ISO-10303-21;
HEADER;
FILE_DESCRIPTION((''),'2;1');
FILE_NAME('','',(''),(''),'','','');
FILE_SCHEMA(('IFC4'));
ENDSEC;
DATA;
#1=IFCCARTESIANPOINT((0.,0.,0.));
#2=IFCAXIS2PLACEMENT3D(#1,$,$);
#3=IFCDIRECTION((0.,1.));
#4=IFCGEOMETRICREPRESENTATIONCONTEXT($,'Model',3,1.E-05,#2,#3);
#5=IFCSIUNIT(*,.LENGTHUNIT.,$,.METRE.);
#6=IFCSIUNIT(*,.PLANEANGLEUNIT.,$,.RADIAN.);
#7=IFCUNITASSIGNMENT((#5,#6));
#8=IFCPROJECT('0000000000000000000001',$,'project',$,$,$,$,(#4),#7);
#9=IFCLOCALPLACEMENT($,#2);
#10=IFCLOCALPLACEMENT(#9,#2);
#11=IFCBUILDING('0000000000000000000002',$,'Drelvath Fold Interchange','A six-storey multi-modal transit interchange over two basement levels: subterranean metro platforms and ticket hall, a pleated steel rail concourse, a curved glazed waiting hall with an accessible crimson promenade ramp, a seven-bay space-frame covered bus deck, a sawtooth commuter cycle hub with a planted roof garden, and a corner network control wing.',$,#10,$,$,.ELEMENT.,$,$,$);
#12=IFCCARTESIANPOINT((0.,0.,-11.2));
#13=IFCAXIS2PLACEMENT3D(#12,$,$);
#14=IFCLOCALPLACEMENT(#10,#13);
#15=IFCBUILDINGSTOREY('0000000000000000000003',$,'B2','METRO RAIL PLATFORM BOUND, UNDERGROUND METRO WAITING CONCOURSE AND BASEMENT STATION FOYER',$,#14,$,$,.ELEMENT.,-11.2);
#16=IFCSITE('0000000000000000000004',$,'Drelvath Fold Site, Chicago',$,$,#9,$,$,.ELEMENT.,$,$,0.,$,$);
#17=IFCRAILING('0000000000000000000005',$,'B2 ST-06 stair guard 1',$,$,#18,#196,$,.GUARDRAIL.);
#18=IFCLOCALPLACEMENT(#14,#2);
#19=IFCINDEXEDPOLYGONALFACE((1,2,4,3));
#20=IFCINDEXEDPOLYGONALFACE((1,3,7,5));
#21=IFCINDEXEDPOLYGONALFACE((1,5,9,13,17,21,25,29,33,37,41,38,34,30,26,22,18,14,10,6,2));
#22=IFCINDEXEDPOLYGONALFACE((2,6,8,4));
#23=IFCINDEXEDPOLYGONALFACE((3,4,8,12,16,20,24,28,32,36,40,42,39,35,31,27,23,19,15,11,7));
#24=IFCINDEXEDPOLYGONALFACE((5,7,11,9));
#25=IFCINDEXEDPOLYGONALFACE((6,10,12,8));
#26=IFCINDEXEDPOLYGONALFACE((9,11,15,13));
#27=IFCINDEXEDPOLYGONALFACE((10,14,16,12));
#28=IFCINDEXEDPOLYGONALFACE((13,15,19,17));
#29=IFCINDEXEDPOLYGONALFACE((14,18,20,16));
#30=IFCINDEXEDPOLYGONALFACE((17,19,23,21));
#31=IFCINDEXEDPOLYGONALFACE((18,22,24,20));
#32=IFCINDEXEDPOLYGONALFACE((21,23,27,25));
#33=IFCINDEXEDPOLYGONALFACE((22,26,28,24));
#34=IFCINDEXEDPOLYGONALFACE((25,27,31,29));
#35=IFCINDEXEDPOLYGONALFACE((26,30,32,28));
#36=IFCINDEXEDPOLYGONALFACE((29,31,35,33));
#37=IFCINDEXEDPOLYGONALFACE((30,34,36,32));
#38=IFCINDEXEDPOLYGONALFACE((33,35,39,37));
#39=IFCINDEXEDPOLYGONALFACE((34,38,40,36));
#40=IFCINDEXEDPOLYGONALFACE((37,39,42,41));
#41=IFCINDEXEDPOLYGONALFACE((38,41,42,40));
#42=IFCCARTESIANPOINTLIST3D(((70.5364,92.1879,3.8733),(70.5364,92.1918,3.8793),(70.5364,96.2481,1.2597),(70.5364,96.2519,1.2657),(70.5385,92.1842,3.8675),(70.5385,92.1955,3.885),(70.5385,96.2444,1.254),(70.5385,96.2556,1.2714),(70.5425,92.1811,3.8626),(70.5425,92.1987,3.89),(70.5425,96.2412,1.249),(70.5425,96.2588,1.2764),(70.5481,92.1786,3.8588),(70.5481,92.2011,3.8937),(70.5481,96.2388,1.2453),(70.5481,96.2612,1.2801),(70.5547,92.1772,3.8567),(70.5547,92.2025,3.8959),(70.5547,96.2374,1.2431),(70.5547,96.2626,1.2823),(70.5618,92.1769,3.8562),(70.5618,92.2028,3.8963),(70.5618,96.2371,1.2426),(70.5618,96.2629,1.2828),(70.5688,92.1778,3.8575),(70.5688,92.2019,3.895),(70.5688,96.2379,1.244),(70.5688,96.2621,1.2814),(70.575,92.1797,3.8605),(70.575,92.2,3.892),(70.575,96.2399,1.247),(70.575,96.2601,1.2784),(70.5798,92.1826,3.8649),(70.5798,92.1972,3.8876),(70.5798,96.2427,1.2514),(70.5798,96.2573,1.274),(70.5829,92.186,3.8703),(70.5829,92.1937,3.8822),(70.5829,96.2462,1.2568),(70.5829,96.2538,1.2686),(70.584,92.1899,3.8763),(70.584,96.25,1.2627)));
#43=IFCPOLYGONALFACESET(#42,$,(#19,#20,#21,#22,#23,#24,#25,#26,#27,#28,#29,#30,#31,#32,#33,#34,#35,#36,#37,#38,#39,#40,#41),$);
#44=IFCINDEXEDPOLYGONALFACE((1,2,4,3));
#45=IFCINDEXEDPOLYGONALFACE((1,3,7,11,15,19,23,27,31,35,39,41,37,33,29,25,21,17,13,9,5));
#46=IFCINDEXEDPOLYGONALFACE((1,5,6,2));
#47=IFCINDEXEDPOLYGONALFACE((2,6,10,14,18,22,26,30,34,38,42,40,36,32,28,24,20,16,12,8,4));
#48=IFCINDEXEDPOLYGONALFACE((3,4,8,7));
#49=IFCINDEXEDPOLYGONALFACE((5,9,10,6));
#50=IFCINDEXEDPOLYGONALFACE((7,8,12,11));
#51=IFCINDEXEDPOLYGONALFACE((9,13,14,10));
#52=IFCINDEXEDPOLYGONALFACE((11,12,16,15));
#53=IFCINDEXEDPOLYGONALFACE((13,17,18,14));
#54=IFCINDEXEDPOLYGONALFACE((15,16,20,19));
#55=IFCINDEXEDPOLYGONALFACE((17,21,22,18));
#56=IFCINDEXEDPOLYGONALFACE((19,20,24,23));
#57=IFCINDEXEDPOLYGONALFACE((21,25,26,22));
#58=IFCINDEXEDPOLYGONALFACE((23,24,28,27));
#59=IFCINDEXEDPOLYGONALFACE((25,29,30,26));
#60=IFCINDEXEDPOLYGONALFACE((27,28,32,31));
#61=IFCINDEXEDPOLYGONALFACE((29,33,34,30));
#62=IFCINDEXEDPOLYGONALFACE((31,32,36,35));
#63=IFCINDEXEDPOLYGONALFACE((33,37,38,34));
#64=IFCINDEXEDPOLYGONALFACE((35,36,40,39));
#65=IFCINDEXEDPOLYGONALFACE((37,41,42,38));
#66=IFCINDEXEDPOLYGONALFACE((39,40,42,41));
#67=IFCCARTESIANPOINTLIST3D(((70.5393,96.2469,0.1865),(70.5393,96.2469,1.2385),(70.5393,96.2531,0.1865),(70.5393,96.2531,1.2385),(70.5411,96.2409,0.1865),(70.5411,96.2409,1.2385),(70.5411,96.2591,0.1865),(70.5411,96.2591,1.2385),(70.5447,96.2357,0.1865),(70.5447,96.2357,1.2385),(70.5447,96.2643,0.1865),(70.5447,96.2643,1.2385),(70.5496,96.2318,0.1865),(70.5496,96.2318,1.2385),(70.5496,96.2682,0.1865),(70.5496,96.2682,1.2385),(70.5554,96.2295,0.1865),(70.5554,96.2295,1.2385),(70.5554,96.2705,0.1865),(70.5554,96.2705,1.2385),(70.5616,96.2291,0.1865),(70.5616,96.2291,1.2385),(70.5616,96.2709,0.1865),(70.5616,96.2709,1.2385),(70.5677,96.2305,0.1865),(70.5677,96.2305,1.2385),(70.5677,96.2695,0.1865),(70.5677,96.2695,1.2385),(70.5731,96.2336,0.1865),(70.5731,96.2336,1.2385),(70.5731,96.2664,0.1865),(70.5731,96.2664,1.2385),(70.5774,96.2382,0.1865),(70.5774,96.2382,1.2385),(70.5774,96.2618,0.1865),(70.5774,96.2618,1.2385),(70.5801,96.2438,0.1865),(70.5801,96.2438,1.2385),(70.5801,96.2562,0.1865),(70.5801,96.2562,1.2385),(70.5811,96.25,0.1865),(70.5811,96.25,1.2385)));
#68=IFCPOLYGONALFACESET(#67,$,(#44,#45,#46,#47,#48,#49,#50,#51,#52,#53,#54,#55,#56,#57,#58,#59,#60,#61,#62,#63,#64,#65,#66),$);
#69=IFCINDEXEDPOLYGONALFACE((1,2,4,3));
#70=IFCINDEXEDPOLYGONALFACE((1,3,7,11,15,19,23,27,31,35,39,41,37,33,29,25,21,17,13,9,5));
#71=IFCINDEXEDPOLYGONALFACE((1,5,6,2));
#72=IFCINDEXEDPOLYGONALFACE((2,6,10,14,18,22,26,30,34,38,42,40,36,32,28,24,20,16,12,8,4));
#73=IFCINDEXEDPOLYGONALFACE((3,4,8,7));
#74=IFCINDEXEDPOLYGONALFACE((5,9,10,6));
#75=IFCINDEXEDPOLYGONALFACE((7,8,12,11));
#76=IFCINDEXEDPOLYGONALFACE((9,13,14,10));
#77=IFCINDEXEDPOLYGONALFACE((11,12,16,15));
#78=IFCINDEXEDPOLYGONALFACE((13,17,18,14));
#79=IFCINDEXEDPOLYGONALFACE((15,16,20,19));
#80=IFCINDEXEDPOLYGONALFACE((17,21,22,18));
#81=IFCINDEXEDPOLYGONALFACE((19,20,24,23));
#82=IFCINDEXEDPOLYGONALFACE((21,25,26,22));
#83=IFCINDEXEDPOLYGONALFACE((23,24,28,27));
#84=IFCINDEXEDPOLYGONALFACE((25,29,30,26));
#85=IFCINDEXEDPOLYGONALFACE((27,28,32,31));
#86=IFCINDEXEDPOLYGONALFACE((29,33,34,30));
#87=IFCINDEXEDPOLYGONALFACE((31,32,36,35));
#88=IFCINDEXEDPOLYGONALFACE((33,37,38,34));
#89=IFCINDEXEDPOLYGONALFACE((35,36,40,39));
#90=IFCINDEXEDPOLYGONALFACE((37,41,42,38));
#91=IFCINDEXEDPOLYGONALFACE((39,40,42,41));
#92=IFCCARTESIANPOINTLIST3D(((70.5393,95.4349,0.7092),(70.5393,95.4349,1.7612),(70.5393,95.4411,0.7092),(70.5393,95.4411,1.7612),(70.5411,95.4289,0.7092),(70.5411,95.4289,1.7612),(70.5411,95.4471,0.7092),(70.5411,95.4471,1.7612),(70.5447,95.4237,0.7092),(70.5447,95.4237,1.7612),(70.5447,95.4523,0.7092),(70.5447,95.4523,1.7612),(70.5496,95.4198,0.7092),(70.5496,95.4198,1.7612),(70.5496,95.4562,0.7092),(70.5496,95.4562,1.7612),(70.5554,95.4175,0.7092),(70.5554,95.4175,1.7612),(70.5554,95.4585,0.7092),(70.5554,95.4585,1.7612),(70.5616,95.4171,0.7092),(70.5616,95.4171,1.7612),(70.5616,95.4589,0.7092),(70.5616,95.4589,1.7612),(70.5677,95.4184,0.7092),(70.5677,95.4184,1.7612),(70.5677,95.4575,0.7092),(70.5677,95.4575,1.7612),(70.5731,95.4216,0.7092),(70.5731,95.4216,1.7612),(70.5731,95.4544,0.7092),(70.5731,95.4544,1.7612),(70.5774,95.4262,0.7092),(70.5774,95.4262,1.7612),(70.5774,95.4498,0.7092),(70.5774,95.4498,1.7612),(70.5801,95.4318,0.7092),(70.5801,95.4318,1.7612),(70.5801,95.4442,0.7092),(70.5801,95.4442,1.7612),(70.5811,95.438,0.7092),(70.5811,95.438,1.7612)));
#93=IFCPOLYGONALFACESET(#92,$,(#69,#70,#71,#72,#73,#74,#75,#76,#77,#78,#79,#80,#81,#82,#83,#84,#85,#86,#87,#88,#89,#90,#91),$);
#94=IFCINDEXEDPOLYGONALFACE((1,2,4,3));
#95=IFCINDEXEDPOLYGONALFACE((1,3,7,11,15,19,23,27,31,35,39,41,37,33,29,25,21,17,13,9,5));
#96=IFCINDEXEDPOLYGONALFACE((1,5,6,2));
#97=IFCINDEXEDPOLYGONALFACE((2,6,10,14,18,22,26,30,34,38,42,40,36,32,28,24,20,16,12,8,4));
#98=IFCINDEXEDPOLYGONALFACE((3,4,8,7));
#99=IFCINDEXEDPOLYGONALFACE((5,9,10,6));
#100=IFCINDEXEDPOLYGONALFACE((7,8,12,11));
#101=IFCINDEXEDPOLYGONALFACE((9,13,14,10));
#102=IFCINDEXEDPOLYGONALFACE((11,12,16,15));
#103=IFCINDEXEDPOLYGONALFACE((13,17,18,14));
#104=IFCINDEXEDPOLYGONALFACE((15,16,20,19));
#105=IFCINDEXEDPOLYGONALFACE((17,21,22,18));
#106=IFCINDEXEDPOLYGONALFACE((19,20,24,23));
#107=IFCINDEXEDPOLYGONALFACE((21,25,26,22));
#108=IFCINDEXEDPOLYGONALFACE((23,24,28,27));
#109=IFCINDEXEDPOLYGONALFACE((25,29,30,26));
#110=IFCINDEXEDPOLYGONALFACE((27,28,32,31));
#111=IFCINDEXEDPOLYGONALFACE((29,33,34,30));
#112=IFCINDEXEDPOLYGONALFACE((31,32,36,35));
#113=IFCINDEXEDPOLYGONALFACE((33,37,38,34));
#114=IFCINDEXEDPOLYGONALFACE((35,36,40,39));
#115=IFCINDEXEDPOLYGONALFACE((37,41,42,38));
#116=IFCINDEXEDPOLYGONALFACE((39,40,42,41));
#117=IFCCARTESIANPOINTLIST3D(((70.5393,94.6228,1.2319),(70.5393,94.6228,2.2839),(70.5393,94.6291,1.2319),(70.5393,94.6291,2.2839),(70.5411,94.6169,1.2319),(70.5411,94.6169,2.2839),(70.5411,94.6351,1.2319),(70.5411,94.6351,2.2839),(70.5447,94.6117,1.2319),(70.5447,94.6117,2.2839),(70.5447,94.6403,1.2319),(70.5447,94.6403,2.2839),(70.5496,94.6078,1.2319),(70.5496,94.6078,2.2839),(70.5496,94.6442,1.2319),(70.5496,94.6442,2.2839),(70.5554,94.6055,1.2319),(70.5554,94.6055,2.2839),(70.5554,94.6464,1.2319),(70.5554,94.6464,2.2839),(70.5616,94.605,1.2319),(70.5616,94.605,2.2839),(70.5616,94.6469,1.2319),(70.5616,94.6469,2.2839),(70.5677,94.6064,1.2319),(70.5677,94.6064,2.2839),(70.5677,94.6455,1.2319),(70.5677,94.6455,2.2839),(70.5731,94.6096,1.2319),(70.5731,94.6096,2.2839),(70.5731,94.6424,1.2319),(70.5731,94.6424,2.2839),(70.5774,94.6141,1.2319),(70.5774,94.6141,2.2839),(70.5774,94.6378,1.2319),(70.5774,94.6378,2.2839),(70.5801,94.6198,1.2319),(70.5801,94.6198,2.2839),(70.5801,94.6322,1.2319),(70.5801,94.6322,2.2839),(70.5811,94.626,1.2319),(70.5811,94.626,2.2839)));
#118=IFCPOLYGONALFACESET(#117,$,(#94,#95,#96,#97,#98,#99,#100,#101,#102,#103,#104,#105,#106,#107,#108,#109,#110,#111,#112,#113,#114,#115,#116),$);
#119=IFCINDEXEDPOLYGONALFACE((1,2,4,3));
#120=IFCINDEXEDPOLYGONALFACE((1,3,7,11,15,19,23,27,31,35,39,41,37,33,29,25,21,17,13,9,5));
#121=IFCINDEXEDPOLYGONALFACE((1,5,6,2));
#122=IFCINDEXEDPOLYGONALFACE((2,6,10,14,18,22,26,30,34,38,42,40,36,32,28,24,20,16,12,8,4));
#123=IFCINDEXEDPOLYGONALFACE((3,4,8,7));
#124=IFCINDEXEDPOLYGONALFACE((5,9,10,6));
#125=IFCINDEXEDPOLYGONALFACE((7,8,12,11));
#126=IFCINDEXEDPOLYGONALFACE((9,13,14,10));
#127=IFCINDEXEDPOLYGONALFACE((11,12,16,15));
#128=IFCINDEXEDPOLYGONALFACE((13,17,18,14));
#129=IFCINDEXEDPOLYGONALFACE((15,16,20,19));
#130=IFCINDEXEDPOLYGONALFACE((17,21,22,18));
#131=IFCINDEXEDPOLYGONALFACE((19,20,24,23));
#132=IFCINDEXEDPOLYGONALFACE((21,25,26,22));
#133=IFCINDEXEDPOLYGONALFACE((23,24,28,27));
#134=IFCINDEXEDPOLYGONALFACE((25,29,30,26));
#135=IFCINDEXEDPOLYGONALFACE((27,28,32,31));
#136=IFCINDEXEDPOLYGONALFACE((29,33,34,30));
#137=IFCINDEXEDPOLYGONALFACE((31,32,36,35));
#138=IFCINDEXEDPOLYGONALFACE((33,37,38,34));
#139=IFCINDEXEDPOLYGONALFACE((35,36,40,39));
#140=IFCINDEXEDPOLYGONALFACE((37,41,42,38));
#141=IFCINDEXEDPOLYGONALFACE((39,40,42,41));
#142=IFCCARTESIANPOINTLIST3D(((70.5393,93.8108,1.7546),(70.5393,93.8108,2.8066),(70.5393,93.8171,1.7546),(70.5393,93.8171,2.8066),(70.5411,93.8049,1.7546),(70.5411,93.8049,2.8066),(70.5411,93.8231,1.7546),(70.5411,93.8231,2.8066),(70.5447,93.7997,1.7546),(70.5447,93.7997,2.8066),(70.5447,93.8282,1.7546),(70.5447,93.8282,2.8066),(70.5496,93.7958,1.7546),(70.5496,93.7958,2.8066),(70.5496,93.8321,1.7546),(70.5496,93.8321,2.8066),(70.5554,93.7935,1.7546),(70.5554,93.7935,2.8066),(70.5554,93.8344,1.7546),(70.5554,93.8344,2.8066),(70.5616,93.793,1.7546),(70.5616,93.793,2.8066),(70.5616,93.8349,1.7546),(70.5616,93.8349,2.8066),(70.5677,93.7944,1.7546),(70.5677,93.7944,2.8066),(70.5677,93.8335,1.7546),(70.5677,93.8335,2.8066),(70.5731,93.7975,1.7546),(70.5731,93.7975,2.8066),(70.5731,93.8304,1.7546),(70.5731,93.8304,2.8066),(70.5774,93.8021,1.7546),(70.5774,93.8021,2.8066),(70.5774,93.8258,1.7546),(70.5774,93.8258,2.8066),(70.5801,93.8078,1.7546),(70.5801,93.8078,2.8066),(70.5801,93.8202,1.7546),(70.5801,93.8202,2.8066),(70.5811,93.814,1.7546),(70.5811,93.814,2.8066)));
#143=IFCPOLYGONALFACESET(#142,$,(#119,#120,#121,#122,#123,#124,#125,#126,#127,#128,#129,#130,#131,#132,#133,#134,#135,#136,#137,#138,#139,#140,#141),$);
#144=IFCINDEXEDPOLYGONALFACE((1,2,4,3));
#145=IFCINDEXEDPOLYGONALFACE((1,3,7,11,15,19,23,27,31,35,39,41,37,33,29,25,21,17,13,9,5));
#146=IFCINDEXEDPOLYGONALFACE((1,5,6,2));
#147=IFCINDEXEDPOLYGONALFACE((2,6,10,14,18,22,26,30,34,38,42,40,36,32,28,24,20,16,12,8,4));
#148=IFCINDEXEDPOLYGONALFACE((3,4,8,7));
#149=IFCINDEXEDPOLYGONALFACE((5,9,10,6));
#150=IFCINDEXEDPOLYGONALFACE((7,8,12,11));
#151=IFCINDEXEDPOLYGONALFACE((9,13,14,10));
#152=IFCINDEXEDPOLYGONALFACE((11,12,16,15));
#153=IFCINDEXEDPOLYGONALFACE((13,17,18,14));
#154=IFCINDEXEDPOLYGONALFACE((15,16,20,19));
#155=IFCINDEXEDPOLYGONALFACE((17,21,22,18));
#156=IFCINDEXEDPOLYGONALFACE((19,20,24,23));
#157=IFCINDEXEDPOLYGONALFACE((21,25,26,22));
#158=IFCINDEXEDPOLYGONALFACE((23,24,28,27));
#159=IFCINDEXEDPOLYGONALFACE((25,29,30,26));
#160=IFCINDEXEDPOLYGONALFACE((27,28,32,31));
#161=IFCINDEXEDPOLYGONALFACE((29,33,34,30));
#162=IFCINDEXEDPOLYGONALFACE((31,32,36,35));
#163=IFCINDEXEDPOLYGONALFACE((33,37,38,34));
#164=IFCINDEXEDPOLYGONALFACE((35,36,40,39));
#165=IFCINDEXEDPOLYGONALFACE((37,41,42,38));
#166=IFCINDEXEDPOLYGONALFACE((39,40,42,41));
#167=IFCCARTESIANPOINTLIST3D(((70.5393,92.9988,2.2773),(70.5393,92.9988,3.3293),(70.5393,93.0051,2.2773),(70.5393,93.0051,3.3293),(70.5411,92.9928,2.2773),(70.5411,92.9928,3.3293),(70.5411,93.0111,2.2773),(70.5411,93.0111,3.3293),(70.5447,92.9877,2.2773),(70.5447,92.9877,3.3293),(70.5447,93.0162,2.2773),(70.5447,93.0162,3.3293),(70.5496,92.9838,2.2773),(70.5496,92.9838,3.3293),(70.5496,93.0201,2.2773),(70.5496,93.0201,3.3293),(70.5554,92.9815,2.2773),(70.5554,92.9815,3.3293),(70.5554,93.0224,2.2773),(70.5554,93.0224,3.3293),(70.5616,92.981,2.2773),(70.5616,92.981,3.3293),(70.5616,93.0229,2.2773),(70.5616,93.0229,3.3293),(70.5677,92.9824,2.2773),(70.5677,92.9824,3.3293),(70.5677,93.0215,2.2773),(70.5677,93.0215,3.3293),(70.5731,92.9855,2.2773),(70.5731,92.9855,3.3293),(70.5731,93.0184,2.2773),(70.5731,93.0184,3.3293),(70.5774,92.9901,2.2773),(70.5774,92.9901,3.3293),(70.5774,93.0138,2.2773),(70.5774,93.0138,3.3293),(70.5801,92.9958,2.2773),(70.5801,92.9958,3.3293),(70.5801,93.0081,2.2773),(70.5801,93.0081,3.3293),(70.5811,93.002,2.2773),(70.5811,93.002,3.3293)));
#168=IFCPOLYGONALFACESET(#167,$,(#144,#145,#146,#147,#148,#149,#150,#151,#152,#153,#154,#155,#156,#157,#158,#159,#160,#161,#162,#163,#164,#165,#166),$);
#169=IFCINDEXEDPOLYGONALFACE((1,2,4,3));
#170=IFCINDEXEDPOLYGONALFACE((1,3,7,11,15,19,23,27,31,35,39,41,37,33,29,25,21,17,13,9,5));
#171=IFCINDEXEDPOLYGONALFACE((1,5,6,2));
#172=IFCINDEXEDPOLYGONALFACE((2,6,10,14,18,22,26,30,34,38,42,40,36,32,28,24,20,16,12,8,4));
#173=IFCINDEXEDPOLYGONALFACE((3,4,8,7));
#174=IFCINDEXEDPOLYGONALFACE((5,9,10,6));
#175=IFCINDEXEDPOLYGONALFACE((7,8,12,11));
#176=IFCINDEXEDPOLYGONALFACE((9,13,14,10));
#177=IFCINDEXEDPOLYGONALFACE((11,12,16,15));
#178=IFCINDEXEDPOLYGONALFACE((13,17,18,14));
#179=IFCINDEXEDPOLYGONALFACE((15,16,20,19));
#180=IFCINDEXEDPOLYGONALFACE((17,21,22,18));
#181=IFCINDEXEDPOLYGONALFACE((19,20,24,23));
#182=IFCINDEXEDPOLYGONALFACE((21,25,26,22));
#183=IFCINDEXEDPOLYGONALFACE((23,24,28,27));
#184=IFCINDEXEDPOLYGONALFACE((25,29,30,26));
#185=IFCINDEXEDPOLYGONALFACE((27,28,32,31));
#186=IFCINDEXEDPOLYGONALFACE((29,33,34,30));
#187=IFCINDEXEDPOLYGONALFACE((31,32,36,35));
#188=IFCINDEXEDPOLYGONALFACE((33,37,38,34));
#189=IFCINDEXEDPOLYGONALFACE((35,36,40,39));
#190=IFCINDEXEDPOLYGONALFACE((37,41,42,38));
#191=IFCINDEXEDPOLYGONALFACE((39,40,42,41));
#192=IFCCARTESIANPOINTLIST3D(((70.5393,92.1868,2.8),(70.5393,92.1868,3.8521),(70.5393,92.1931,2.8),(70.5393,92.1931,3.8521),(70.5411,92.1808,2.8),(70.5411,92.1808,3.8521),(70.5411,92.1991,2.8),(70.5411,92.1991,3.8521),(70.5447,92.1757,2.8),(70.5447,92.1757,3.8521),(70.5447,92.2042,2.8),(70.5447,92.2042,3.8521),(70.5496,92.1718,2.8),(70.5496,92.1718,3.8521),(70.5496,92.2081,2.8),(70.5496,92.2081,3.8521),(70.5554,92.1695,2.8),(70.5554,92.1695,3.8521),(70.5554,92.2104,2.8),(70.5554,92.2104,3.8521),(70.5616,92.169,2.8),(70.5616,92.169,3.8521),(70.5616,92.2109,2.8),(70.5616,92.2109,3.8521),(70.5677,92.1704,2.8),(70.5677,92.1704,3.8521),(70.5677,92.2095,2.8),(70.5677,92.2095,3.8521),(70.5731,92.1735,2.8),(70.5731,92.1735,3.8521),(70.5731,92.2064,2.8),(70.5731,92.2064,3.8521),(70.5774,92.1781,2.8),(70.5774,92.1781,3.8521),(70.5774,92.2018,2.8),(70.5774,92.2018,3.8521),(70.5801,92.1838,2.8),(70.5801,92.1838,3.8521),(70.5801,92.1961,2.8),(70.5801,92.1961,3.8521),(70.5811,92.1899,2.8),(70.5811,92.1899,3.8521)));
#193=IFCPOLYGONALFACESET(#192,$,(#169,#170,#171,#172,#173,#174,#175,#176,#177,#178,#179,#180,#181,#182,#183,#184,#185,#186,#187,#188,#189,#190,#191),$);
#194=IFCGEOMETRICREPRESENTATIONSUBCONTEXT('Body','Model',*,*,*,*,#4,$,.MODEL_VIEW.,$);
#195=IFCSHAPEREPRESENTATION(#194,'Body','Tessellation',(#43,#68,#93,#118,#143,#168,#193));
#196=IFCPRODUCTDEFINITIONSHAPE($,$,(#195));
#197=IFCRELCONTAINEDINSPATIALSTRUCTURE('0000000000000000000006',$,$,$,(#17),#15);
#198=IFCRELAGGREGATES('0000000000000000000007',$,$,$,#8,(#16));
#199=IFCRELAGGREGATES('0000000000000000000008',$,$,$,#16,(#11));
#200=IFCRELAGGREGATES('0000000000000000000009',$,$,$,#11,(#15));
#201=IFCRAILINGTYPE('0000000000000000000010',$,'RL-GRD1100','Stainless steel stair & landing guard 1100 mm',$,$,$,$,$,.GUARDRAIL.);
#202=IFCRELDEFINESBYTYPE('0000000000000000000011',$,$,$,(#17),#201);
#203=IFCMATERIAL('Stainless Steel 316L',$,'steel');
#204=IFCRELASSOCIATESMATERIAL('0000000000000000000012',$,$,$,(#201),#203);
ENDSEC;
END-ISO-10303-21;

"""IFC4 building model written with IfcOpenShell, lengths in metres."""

from ifc_helpers import new_model, si_unit, direction, frame, origin, origin_2d, place, context, subcontext, project, spatial, circle, extrude, material, type_object, element, save


model = new_model("IFC4")

# Units and contexts
model_context = context("Model", 3, precision=1e-05, world=origin(), true_north=direction((0.0, 1.0)))
body_context = subcontext(model_context, "Body", "Model", "MODEL_VIEW")
ifc_project = project(units=[si_unit("LENGTHUNIT", "METRE"), si_unit("PLANEANGLEUNIT", "RADIAN")], contexts=[model_context])

# Site, building, storey
site_placement = place(None, origin())
site = spatial("IfcSite", under=ifc_project, at=site_placement, Name="Drelvath Fold Site, Chicago", CompositionType="ELEMENT", RefElevation=0.0)
building_placement = place(site_placement, origin())
building = spatial("IfcBuilding", under=site, at=building_placement, Name="Drelvath Fold Interchange", Description="A six-storey multi-modal transit interchange over two basement levels: subterranean metro platforms and ticket hall, a pleated steel rail concourse, a curved glazed waiting hall with an accessible crimson promenade ramp, a seven-bay space-frame covered bus deck, a sawtooth commuter cycle hub with a planted roof garden, and a corner network control wing.", CompositionType="ELEMENT")
storey_placement = place(building_placement, frame((0.0, 0.0, -11.2)))
storey = spatial("IfcBuildingStorey", under=building, at=storey_placement, Name="B2", Description="METRO RAIL PLATFORM BOUND, UNDERGROUND METRO WAITING CONCOURSE AND BASEMENT STATION FOYER", CompositionType="ELEMENT", Elevation=-11.2)

# Railing
ifc_material_1 = material(Name="Stainless Steel 316L", Category="steel")
railing_type_1 = type_object("IfcRailingType", Name="RL-GRD1100", Description="Stainless steel stair & landing guard 1100 mm", PredefinedType="GUARDRAIL", material=ifc_material_1)
railing_1_placement = place(storey_placement, frame((70.5601, 96.25, 0.1865)))
element("IfcRailing", 1, at=railing_1_placement, inside=storey, type_object=railing_type_1, Name="B2 ST-06 stair guard 1", PredefinedType="GUARDRAIL", context=body_context, shape_type="SweptSolid", body=[
    extrude(circle(Radius=0.0239, at=origin_2d()), frame((0.0, 0.0, 1.0762), z_axis=(0.0, -0.84085, 0.541269), x_axis=(1.0, 0.0, 0.0)), (0.0, 0.0, 1.0), 4.8286),
    extrude(circle(Radius=0.021, at=origin_2d()), origin(), (0.0, 0.0, 1.0), 1.052),
    extrude(circle(Radius=0.021, at=origin_2d()), frame((0.0, -0.812, 0.5227)), (0.0, 0.0, 1.0), 1.052),
    extrude(circle(Radius=0.021, at=origin_2d()), frame((0.0, -1.624, 1.0454)), (0.0, 0.0, 1.0), 1.052),
    extrude(circle(Radius=0.021, at=origin_2d()), frame((0.0, -2.436, 1.5681)), (0.0, 0.0, 1.0), 1.052),
    extrude(circle(Radius=0.021, at=origin_2d()), frame((0.0, -3.248, 2.0908)), (0.0, 0.0, 1.0), 1.052),
    extrude(circle(Radius=0.021, at=origin_2d()), frame((0.0, -4.0601, 2.6135)), (0.0, 0.0, 1.0), 1.052),
])

save(model, "model.ifc")
